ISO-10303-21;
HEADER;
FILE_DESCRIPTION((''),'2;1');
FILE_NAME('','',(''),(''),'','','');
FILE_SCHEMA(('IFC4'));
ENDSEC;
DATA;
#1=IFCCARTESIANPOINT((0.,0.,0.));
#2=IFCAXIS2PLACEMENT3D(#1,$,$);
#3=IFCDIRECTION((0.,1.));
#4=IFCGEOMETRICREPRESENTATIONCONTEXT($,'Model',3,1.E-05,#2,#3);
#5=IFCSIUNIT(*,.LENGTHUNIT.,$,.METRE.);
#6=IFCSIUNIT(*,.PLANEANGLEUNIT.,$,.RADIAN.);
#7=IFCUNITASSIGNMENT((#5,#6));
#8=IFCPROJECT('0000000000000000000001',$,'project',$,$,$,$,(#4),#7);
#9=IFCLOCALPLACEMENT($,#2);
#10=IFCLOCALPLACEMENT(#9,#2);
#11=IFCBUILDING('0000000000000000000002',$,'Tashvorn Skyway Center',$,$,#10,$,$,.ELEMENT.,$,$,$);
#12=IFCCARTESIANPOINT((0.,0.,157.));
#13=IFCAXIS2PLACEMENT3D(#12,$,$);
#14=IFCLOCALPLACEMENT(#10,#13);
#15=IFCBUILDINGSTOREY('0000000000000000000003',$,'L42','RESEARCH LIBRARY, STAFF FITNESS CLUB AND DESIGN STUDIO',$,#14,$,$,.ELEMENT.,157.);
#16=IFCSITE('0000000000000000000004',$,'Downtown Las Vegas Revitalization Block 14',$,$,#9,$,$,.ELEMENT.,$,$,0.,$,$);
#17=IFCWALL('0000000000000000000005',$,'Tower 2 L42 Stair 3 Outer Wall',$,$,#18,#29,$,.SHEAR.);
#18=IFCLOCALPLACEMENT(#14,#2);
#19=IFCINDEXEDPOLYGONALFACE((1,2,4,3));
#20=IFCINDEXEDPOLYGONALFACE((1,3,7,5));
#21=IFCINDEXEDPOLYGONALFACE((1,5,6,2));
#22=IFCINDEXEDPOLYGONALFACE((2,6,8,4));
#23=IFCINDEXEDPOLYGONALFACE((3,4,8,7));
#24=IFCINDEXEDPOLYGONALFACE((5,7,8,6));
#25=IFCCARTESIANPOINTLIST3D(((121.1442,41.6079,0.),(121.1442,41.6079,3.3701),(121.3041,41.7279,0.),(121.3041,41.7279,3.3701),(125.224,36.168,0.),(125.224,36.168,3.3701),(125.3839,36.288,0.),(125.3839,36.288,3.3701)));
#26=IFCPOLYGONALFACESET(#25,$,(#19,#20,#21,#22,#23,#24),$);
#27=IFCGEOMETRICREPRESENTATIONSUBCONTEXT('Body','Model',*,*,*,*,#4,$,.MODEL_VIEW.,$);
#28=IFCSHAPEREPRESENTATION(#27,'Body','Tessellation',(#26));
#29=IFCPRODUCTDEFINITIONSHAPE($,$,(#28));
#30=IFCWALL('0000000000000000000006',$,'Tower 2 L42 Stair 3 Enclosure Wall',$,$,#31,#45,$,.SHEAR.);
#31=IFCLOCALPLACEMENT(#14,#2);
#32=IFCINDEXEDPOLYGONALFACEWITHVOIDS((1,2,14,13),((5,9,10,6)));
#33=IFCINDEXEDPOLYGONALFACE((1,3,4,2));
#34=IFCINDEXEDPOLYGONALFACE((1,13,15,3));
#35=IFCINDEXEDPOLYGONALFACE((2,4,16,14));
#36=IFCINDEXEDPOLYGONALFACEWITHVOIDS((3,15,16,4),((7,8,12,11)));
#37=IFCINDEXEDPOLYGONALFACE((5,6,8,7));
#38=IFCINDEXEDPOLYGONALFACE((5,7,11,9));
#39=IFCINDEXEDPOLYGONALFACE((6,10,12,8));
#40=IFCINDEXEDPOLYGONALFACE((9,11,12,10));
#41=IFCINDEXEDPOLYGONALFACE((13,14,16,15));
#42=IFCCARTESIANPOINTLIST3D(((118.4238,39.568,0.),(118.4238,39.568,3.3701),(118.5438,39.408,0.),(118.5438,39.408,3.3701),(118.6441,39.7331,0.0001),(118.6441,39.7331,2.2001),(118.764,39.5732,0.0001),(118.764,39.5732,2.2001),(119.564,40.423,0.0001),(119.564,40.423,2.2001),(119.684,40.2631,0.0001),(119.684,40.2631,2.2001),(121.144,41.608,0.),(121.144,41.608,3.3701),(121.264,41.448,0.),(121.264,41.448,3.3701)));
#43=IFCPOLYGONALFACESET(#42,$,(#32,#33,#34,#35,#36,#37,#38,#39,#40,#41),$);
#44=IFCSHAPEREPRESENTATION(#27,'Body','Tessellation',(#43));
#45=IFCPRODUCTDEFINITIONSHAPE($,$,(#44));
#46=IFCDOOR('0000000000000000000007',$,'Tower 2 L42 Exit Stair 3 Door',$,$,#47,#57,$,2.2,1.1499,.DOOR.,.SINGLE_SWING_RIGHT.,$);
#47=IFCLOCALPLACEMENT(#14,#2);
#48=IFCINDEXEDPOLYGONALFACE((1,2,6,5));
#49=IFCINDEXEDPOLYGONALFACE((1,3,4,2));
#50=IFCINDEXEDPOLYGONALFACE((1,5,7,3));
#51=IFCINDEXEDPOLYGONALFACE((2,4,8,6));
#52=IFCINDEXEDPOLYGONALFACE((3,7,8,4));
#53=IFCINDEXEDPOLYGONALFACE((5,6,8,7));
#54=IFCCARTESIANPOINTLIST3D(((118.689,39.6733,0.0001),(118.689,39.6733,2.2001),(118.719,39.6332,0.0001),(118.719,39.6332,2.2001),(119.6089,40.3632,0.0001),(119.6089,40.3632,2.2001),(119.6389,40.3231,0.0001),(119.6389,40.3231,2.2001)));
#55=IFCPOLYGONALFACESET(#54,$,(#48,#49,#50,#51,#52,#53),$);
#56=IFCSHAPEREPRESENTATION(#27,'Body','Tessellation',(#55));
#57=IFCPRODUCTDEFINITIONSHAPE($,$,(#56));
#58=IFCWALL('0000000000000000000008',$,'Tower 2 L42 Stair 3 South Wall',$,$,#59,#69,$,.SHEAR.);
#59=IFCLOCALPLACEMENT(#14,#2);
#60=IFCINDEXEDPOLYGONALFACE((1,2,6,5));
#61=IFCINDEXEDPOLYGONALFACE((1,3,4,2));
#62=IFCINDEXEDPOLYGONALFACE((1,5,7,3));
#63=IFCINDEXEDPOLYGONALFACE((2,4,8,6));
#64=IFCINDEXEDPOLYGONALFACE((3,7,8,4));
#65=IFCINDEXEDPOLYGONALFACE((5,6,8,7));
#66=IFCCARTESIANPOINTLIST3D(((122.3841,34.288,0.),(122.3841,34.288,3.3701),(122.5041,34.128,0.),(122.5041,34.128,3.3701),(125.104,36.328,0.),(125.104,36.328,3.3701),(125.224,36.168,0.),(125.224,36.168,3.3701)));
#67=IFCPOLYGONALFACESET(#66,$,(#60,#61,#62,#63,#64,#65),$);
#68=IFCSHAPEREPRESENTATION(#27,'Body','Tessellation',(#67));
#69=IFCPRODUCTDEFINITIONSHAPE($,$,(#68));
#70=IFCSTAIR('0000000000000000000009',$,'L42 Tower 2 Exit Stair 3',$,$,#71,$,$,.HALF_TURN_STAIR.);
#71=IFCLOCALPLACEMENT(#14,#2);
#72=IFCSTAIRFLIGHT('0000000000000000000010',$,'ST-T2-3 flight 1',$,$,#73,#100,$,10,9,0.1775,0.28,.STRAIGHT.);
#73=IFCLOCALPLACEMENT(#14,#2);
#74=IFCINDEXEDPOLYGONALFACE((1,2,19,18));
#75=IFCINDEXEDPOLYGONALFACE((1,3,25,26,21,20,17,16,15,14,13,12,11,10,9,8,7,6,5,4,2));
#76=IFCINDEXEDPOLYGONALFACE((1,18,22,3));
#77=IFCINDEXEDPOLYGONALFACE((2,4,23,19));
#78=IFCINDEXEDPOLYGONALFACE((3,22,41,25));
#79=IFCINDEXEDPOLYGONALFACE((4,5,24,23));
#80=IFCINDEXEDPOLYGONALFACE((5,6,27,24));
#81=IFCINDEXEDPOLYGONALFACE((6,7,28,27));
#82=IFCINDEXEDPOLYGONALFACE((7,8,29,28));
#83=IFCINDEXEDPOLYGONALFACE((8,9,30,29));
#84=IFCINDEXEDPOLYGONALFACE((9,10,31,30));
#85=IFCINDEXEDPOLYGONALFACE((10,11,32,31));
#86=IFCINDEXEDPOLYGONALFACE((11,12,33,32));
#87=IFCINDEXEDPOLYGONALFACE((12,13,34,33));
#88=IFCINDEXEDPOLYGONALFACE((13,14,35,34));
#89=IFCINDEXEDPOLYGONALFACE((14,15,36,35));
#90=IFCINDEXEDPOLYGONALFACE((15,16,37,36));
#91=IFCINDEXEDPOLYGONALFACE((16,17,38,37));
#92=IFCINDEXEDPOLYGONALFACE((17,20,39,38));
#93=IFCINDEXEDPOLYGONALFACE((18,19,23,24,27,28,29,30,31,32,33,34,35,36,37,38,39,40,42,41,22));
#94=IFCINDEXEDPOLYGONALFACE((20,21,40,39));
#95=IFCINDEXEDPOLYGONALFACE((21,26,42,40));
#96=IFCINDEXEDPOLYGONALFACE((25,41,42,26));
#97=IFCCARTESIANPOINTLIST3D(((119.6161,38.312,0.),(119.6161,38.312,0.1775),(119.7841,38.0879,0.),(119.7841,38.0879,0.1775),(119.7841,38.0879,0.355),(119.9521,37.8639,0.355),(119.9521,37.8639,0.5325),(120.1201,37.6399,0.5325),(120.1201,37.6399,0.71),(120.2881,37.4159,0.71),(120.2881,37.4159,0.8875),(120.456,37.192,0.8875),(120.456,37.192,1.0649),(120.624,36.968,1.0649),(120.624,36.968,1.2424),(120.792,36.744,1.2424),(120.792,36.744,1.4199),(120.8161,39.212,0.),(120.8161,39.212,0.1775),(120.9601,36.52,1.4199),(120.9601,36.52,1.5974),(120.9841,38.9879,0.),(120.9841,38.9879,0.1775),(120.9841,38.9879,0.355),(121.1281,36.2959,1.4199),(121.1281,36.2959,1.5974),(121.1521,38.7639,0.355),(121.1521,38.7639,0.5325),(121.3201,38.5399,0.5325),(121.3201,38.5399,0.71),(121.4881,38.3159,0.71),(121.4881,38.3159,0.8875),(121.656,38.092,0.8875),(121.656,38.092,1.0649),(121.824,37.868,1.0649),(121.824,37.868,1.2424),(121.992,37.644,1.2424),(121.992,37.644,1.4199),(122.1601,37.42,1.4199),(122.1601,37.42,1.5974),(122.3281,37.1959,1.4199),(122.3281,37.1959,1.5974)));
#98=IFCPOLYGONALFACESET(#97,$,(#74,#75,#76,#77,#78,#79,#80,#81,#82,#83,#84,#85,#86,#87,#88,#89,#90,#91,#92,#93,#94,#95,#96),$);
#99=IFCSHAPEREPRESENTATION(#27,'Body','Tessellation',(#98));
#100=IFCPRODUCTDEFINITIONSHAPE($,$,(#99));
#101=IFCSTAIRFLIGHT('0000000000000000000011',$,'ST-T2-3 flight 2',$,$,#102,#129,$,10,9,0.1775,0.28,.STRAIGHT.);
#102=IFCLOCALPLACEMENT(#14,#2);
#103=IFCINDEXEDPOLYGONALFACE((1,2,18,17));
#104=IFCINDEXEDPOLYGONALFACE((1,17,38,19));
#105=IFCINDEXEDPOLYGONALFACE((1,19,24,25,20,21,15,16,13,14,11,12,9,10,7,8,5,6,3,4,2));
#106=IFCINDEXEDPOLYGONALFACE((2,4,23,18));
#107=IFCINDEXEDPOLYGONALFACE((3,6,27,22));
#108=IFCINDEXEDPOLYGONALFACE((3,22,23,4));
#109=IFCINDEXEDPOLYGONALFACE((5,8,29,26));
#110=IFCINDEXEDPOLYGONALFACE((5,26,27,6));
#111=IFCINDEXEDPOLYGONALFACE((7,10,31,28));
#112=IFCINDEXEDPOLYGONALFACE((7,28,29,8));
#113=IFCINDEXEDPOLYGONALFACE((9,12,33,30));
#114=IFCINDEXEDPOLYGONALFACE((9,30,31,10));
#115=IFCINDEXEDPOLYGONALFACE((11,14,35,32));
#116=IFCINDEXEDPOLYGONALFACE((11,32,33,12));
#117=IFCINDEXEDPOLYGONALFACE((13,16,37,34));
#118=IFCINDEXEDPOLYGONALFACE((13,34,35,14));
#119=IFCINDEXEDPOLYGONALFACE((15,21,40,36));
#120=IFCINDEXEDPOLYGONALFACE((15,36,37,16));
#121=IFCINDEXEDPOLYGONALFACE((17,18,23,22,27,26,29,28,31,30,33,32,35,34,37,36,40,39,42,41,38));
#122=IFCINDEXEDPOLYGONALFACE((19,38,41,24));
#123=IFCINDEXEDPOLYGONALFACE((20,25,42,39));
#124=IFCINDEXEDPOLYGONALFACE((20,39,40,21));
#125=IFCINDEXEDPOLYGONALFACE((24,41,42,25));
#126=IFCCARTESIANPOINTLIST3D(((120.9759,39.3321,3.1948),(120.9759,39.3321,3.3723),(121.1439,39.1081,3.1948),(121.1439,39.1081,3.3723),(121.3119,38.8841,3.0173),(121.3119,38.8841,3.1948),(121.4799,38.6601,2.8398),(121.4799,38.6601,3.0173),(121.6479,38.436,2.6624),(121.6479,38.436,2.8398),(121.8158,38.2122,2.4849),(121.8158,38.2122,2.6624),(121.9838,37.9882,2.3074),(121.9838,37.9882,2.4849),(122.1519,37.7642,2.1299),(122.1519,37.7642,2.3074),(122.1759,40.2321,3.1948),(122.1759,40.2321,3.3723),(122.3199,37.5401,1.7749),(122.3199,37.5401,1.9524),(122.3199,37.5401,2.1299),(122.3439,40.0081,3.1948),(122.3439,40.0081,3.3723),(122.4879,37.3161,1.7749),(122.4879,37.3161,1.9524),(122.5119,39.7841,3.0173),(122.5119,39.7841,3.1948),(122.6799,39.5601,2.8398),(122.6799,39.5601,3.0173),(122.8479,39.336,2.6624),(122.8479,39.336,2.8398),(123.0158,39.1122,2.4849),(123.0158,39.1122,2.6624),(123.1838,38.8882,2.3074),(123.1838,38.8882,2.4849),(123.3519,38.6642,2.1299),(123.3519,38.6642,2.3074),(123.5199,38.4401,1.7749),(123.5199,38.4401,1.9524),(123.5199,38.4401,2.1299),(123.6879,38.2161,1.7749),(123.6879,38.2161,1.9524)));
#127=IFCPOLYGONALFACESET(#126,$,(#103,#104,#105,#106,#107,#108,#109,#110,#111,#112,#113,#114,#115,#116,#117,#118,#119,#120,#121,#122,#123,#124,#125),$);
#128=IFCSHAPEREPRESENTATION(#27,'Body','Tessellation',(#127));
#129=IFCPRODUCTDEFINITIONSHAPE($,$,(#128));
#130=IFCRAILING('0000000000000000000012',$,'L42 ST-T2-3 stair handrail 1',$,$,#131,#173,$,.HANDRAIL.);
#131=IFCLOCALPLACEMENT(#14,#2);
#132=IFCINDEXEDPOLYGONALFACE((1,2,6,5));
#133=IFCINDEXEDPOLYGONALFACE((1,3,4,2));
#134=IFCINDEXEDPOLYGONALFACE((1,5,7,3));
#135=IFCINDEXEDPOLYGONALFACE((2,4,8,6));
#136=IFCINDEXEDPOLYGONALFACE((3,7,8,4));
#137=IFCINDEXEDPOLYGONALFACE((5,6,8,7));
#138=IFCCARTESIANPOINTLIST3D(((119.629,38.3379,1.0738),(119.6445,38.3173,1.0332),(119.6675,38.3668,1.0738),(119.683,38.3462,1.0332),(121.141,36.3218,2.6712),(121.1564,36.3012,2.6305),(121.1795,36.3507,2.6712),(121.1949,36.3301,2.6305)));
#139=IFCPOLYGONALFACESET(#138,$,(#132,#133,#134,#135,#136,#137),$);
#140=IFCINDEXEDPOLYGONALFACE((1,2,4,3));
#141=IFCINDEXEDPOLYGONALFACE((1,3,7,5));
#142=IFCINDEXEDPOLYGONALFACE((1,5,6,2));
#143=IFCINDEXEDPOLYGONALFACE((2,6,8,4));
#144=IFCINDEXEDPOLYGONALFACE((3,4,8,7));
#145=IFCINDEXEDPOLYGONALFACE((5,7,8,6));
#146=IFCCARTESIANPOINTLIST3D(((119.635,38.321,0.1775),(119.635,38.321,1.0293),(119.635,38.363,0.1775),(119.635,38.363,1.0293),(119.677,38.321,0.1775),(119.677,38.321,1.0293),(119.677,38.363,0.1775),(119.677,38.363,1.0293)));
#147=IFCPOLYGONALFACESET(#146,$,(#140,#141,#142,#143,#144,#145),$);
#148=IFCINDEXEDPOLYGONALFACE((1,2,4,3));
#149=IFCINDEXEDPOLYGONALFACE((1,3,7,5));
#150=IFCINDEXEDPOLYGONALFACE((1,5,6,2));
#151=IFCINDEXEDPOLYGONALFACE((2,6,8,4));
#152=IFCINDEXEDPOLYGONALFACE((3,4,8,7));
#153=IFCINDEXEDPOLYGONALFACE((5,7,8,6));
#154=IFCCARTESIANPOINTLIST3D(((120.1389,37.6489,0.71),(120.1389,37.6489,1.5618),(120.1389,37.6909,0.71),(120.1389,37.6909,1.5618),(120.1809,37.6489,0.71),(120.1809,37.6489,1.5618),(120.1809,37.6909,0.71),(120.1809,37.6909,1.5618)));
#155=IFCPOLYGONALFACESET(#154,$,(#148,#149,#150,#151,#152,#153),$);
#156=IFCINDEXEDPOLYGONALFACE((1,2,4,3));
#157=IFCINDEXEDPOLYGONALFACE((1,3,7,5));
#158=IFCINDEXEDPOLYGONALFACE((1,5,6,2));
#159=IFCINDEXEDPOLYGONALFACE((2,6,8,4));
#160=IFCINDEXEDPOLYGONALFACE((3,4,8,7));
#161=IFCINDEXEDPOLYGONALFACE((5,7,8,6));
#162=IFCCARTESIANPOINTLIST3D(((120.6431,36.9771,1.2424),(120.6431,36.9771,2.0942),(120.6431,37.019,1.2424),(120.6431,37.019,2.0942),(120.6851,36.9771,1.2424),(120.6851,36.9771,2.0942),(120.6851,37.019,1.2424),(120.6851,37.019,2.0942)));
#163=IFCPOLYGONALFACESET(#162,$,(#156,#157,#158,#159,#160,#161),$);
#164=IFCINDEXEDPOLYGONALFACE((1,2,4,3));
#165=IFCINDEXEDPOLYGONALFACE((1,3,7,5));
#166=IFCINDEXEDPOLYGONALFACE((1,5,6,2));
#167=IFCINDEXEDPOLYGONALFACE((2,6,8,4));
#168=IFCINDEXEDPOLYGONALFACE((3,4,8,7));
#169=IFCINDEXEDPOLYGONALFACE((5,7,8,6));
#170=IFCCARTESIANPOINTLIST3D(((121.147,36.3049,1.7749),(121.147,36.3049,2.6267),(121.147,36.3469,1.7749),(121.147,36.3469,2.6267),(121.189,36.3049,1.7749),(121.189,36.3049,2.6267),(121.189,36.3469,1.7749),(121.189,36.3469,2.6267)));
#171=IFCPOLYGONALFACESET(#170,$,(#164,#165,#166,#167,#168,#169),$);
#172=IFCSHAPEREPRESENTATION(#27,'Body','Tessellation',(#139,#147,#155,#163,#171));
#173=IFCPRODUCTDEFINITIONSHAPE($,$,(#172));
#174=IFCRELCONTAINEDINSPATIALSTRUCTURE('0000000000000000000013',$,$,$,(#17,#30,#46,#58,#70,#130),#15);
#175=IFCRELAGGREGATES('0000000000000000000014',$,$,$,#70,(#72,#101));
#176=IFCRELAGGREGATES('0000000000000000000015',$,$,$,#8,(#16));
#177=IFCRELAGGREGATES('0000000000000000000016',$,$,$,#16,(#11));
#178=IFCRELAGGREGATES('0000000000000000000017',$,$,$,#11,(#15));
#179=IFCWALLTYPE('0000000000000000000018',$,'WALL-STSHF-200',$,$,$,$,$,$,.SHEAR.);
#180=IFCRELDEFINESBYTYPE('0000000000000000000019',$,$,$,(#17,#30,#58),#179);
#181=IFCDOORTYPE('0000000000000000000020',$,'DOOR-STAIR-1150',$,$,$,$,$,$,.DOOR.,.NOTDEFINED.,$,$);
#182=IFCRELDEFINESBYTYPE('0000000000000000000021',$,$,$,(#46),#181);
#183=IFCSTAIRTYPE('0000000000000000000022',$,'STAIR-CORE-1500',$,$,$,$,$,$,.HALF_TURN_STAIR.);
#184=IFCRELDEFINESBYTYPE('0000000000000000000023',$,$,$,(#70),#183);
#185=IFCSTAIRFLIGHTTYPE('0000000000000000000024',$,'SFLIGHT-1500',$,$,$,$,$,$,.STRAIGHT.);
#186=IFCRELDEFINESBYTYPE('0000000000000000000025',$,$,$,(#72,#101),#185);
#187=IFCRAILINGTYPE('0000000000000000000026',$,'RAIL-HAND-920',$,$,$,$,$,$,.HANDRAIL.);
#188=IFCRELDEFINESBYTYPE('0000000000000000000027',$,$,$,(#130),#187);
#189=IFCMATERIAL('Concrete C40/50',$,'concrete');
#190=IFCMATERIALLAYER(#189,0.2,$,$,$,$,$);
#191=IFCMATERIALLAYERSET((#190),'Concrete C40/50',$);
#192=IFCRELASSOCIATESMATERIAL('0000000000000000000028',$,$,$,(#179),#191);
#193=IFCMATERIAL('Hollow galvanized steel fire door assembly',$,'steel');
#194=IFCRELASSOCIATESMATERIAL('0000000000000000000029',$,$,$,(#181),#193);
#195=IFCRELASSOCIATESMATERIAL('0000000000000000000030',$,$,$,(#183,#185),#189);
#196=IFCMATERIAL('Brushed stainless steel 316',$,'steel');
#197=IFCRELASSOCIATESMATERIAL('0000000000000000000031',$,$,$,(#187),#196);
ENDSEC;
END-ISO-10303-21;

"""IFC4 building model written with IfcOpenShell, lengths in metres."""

from ifc_helpers import new_model, si_unit, direction, frame, frame_2d, origin, origin_2d, place, context, subcontext, project, spatial, polyline, rectangle, outline, extrude, material, layer, layer_set, type_object, element, fill, aggregate, save


model = new_model("IFC4")

# Units and contexts
model_context = context("Model", 3, precision=1e-05, world=origin(), true_north=direction((0.0, 1.0)))
body_context = subcontext(model_context, "Body", "Model", "MODEL_VIEW")
ifc_project = project(units=[si_unit("LENGTHUNIT", "METRE"), si_unit("PLANEANGLEUNIT", "RADIAN")], contexts=[model_context])

# Site, building, storey
site_placement = place(None, origin())
site = spatial("IfcSite", under=ifc_project, at=site_placement, Name="Downtown Las Vegas Revitalization Block 14", CompositionType="ELEMENT", RefElevation=0.0)
building_placement = place(site_placement, origin())
building = spatial("IfcBuilding", under=site, at=building_placement, Name="Tashvorn Skyway Center", CompositionType="ELEMENT")
storey_placement = place(building_placement, frame((0.0, 0.0, 157.0)))
storey = spatial("IfcBuildingStorey", under=building, at=storey_placement, Name="L42", Description="RESEARCH LIBRARY, STAFF FITNESS CLUB AND DESIGN STUDIO", CompositionType="ELEMENT", Elevation=157.0)

# Shared definitions
ifc_material_1 = material(Name="Concrete C40/50", Category="concrete")

# Shared definitions
ifc_layer_1 = layer(ifc_material_1, 0.2)
ifc_layer_set_1 = layer_set([ifc_layer_1], Name="Concrete C40/50")
wall_type_1 = type_object("IfcWallType", Name="WALL-STSHF-200", PredefinedType="SHEAR", material=ifc_layer_set_1)
ifc_material_2 = material(Name="Hollow galvanized steel fire door assembly", Category="steel")
door_type = type_object("IfcDoorType", Name="DOOR-STAIR-1150", OperationType="NOTDEFINED", PredefinedType="DOOR", material=ifc_material_2)

# Wall
wall_1_placement = place(storey_placement, frame((125.304, 36.228, 0.0), z_axis=(0.0, 0.0, 1.0), x_axis=(-0.599989, 0.800009, 0.0)))
element("IfcWall", 1, at=wall_1_placement, inside=storey, type_object=wall_type_1, Name="Tower 2 L42 Stair 3 Outer Wall", PredefinedType="SHEAR", context=body_context, shape_type="SweptSolid", body=[
    extrude(rectangle(XDim=6.7998, YDim=0.2, at=frame_2d((3.3999, 0.0))), origin(), (0.0, 0.0, 1.0), 3.3701),
])

# Wall, opening, door
wall_2_placement = place(storey_placement, frame((121.2041, 41.5281, 0.0), z_axis=(0.0, 0.0, 1.0), x_axis=(-0.800017, -0.599977, 0.0)))
wall_2 = element("IfcWall", 2, at=wall_2_placement, inside=storey, type_object=wall_type_1, Name="Tower 2 L42 Stair 3 Enclosure Wall", PredefinedType="SHEAR", context=body_context, shape_type="SweptSolid", body=[
    extrude(rectangle(XDim=3.4001, YDim=0.2, at=frame_2d((1.7002, 0.0))), origin(), (0.0, 0.0, 1.0), 3.3701),
])
opening_1_placement = place(wall_2_placement, frame((1.9751, 0.0, 0.0)))
opening_1 = element("IfcOpeningElement", 3, at=opening_1_placement, cuts=wall_2, PredefinedType="OPENING", context=body_context, shape_type="SweptSolid", body=[
    extrude(rectangle(XDim=1.1499, YDim=2.2, at=frame_2d((0.575, 1.1001))), frame((0.0, 0.1099, 0.0), z_axis=(0.0, -1.0, 0.0), x_axis=(1.0, 0.0, 0.0)), (0.0, 0.0, 1.0), 0.22),
])
door_1_placement = place(opening_1_placement, origin())
door_1 = element("IfcDoor", 4, at=door_1_placement, inside=storey, type_object=door_type, Name="Tower 2 L42 Exit Stair 3 Door", OperationType="SINGLE_SWING_RIGHT", OverallHeight=2.2, OverallWidth=1.1499, PredefinedType="DOOR", context=body_context, shape_type="SweptSolid", body=[
    extrude(rectangle(XDim=1.1499, YDim=2.2, at=frame_2d((0.575, 1.1001))), frame((0.0, 0.0249, 0.0), z_axis=(0.0, -1.0, 0.0), x_axis=(1.0, 0.0, 0.0)), (0.0, 0.0, 1.0), 0.05),
])
fill(opening_1, door_1)

# Wall
wall_3_placement = place(storey_placement, frame((122.4441, 34.208, 0.0), z_axis=(0.0, 0.0, 1.0), x_axis=(0.799991, 0.600011, 0.0)))
element("IfcWall", 5, at=wall_3_placement, inside=storey, type_object=wall_type_1, Name="Tower 2 L42 Stair 3 South Wall", PredefinedType="SHEAR", context=body_context, shape_type="SweptSolid", body=[
    extrude(rectangle(XDim=3.3999, YDim=0.2, at=frame_2d((1.7, 0.0))), origin(), (0.0, 0.0, 1.0), 3.3701),
])

# Stair, stair flights
stair_type = type_object("IfcStairType", Name="STAIR-CORE-1500", PredefinedType="HALF_TURN_STAIR", material=ifc_material_1)
stair_placement = place(storey_placement, origin())
stair = element("IfcStair", 6, at=stair_placement, inside=storey, type_object=stair_type, Name="L42 Tower 2 Exit Stair 3", PredefinedType="HALF_TURN_STAIR")
stair_flight_type = type_object("IfcStairFlightType", Name="SFLIGHT-1500", PredefinedType="STRAIGHT", material=ifc_material_1)
stair_flight_1_placement = place(storey_placement, frame((120.2161, 38.762, 0.0), z_axis=(0.0, 0.0, 1.0), x_axis=(0.6, -0.8, 0.0)))
stair_flight_1 = element("IfcStairFlight", 7, at=stair_flight_1_placement, type_object=stair_flight_type, Name="ST-T2-3 flight 1", NumberOfRisers=10, NumberOfTreads=9, PredefinedType="STRAIGHT", RiserHeight=0.1775, TreadLength=0.28, context=body_context, shape_type="SweptSolid", body=[
    extrude(outline(polyline([(0.0, 0.0), (0.0, 0.1775), (0.28, 0.1775), (0.28, 0.355), (0.5601, 0.355), (0.5601, 0.5325), (0.8401, 0.5325), (0.8401, 0.71), (1.1201, 0.71), (1.1201, 0.8875), (1.3999, 0.8875), (1.3999, 1.0649), (1.6799, 1.0649), (1.6799, 1.2424), (1.96, 1.2424), (1.96, 1.4199), (2.24, 1.4199), (2.24, 1.5974), (2.52, 1.5974), (2.52, 1.7749), (2.52, 1.4199), (0.28, 0.0), (0.0, 0.0)])), frame((0.0, 0.75, 0.0), z_axis=(0.0, -1.0, 0.0), x_axis=(1.0, 0.0, 0.0)), (0.0, 0.0, 1.0), 1.5),
])
stair_flight_2_placement = place(storey_placement, frame((123.0879, 37.7661, 1.7749), z_axis=(0.0, 0.0, 1.0), x_axis=(-0.6, 0.8, 0.0)))
stair_flight_2 = element("IfcStairFlight", 8, at=stair_flight_2_placement, type_object=stair_flight_type, Name="ST-T2-3 flight 2", NumberOfRisers=10, NumberOfTreads=9, PredefinedType="STRAIGHT", RiserHeight=0.1775, TreadLength=0.28, context=body_context, shape_type="SweptSolid", body=[
    extrude(outline(polyline([(0.0, 0.0), (0.0, 0.1775), (0.28, 0.1775), (0.28, 0.355), (0.5601, 0.355), (0.5601, 0.5325), (0.8401, 0.5325), (0.8401, 0.71), (1.1201, 0.71), (1.1201, 0.8875), (1.3999, 0.8875), (1.3999, 1.0649), (1.6799, 1.0649), (1.6799, 1.2424), (1.96, 1.2424), (1.96, 1.4199), (2.24, 1.4199), (2.24, 1.5974), (2.52, 1.5974), (2.52, 1.7749), (2.52, 1.4199), (0.28, 0.0), (0.0, 0.0)])), frame((0.0, 0.75, 0.0), z_axis=(0.0, -1.0, 0.0), x_axis=(1.0, 0.0, 0.0)), (0.0, 0.0, 1.0), 1.5),
])
aggregate(stair, [stair_flight_1, stair_flight_2])

# Railing
ifc_material_3 = material(Name="Brushed stainless steel 316", Category="steel")
railing_type_1 = type_object("IfcRailingType", Name="RAIL-HAND-920", PredefinedType="HANDRAIL", material=ifc_material_3)
railing_1_placement = place(storey_placement, frame((119.656, 38.342, 0.1775)))
element("IfcRailing", 9, at=railing_1_placement, inside=storey, type_object=railing_type_1, Name="L42 ST-T2-3 stair handrail 1", PredefinedType="HANDRAIL", context=body_context, shape_type="SweptSolid", body=[
    extrude(rectangle(XDim=0.0481, YDim=0.0481, at=origin_2d()), frame((0.0, 0.0, 0.876), z_axis=(0.506741, -0.675709, 0.535379), x_axis=(0.800023, 0.599969, 0.0)), (0.0, 0.0, 1.0), 2.9836),
    extrude(rectangle(XDim=0.042, YDim=0.042, at=origin_2d()), origin(), (0.0, 0.0, 1.0), 0.8518),
    extrude(rectangle(XDim=0.042, YDim=0.042, at=origin_2d()), frame((0.5039, -0.6721, 0.5325)), (0.0, 0.0, 1.0), 0.8518),
    extrude(rectangle(XDim=0.042, YDim=0.042, at=origin_2d()), frame((1.0081, -1.344, 1.0649)), (0.0, 0.0, 1.0), 0.8518),
    extrude(rectangle(XDim=0.042, YDim=0.042, at=origin_2d()), frame((1.512, -2.0161, 1.5974)), (0.0, 0.0, 1.0), 0.8518),
])

save(model, "model.ifc")
